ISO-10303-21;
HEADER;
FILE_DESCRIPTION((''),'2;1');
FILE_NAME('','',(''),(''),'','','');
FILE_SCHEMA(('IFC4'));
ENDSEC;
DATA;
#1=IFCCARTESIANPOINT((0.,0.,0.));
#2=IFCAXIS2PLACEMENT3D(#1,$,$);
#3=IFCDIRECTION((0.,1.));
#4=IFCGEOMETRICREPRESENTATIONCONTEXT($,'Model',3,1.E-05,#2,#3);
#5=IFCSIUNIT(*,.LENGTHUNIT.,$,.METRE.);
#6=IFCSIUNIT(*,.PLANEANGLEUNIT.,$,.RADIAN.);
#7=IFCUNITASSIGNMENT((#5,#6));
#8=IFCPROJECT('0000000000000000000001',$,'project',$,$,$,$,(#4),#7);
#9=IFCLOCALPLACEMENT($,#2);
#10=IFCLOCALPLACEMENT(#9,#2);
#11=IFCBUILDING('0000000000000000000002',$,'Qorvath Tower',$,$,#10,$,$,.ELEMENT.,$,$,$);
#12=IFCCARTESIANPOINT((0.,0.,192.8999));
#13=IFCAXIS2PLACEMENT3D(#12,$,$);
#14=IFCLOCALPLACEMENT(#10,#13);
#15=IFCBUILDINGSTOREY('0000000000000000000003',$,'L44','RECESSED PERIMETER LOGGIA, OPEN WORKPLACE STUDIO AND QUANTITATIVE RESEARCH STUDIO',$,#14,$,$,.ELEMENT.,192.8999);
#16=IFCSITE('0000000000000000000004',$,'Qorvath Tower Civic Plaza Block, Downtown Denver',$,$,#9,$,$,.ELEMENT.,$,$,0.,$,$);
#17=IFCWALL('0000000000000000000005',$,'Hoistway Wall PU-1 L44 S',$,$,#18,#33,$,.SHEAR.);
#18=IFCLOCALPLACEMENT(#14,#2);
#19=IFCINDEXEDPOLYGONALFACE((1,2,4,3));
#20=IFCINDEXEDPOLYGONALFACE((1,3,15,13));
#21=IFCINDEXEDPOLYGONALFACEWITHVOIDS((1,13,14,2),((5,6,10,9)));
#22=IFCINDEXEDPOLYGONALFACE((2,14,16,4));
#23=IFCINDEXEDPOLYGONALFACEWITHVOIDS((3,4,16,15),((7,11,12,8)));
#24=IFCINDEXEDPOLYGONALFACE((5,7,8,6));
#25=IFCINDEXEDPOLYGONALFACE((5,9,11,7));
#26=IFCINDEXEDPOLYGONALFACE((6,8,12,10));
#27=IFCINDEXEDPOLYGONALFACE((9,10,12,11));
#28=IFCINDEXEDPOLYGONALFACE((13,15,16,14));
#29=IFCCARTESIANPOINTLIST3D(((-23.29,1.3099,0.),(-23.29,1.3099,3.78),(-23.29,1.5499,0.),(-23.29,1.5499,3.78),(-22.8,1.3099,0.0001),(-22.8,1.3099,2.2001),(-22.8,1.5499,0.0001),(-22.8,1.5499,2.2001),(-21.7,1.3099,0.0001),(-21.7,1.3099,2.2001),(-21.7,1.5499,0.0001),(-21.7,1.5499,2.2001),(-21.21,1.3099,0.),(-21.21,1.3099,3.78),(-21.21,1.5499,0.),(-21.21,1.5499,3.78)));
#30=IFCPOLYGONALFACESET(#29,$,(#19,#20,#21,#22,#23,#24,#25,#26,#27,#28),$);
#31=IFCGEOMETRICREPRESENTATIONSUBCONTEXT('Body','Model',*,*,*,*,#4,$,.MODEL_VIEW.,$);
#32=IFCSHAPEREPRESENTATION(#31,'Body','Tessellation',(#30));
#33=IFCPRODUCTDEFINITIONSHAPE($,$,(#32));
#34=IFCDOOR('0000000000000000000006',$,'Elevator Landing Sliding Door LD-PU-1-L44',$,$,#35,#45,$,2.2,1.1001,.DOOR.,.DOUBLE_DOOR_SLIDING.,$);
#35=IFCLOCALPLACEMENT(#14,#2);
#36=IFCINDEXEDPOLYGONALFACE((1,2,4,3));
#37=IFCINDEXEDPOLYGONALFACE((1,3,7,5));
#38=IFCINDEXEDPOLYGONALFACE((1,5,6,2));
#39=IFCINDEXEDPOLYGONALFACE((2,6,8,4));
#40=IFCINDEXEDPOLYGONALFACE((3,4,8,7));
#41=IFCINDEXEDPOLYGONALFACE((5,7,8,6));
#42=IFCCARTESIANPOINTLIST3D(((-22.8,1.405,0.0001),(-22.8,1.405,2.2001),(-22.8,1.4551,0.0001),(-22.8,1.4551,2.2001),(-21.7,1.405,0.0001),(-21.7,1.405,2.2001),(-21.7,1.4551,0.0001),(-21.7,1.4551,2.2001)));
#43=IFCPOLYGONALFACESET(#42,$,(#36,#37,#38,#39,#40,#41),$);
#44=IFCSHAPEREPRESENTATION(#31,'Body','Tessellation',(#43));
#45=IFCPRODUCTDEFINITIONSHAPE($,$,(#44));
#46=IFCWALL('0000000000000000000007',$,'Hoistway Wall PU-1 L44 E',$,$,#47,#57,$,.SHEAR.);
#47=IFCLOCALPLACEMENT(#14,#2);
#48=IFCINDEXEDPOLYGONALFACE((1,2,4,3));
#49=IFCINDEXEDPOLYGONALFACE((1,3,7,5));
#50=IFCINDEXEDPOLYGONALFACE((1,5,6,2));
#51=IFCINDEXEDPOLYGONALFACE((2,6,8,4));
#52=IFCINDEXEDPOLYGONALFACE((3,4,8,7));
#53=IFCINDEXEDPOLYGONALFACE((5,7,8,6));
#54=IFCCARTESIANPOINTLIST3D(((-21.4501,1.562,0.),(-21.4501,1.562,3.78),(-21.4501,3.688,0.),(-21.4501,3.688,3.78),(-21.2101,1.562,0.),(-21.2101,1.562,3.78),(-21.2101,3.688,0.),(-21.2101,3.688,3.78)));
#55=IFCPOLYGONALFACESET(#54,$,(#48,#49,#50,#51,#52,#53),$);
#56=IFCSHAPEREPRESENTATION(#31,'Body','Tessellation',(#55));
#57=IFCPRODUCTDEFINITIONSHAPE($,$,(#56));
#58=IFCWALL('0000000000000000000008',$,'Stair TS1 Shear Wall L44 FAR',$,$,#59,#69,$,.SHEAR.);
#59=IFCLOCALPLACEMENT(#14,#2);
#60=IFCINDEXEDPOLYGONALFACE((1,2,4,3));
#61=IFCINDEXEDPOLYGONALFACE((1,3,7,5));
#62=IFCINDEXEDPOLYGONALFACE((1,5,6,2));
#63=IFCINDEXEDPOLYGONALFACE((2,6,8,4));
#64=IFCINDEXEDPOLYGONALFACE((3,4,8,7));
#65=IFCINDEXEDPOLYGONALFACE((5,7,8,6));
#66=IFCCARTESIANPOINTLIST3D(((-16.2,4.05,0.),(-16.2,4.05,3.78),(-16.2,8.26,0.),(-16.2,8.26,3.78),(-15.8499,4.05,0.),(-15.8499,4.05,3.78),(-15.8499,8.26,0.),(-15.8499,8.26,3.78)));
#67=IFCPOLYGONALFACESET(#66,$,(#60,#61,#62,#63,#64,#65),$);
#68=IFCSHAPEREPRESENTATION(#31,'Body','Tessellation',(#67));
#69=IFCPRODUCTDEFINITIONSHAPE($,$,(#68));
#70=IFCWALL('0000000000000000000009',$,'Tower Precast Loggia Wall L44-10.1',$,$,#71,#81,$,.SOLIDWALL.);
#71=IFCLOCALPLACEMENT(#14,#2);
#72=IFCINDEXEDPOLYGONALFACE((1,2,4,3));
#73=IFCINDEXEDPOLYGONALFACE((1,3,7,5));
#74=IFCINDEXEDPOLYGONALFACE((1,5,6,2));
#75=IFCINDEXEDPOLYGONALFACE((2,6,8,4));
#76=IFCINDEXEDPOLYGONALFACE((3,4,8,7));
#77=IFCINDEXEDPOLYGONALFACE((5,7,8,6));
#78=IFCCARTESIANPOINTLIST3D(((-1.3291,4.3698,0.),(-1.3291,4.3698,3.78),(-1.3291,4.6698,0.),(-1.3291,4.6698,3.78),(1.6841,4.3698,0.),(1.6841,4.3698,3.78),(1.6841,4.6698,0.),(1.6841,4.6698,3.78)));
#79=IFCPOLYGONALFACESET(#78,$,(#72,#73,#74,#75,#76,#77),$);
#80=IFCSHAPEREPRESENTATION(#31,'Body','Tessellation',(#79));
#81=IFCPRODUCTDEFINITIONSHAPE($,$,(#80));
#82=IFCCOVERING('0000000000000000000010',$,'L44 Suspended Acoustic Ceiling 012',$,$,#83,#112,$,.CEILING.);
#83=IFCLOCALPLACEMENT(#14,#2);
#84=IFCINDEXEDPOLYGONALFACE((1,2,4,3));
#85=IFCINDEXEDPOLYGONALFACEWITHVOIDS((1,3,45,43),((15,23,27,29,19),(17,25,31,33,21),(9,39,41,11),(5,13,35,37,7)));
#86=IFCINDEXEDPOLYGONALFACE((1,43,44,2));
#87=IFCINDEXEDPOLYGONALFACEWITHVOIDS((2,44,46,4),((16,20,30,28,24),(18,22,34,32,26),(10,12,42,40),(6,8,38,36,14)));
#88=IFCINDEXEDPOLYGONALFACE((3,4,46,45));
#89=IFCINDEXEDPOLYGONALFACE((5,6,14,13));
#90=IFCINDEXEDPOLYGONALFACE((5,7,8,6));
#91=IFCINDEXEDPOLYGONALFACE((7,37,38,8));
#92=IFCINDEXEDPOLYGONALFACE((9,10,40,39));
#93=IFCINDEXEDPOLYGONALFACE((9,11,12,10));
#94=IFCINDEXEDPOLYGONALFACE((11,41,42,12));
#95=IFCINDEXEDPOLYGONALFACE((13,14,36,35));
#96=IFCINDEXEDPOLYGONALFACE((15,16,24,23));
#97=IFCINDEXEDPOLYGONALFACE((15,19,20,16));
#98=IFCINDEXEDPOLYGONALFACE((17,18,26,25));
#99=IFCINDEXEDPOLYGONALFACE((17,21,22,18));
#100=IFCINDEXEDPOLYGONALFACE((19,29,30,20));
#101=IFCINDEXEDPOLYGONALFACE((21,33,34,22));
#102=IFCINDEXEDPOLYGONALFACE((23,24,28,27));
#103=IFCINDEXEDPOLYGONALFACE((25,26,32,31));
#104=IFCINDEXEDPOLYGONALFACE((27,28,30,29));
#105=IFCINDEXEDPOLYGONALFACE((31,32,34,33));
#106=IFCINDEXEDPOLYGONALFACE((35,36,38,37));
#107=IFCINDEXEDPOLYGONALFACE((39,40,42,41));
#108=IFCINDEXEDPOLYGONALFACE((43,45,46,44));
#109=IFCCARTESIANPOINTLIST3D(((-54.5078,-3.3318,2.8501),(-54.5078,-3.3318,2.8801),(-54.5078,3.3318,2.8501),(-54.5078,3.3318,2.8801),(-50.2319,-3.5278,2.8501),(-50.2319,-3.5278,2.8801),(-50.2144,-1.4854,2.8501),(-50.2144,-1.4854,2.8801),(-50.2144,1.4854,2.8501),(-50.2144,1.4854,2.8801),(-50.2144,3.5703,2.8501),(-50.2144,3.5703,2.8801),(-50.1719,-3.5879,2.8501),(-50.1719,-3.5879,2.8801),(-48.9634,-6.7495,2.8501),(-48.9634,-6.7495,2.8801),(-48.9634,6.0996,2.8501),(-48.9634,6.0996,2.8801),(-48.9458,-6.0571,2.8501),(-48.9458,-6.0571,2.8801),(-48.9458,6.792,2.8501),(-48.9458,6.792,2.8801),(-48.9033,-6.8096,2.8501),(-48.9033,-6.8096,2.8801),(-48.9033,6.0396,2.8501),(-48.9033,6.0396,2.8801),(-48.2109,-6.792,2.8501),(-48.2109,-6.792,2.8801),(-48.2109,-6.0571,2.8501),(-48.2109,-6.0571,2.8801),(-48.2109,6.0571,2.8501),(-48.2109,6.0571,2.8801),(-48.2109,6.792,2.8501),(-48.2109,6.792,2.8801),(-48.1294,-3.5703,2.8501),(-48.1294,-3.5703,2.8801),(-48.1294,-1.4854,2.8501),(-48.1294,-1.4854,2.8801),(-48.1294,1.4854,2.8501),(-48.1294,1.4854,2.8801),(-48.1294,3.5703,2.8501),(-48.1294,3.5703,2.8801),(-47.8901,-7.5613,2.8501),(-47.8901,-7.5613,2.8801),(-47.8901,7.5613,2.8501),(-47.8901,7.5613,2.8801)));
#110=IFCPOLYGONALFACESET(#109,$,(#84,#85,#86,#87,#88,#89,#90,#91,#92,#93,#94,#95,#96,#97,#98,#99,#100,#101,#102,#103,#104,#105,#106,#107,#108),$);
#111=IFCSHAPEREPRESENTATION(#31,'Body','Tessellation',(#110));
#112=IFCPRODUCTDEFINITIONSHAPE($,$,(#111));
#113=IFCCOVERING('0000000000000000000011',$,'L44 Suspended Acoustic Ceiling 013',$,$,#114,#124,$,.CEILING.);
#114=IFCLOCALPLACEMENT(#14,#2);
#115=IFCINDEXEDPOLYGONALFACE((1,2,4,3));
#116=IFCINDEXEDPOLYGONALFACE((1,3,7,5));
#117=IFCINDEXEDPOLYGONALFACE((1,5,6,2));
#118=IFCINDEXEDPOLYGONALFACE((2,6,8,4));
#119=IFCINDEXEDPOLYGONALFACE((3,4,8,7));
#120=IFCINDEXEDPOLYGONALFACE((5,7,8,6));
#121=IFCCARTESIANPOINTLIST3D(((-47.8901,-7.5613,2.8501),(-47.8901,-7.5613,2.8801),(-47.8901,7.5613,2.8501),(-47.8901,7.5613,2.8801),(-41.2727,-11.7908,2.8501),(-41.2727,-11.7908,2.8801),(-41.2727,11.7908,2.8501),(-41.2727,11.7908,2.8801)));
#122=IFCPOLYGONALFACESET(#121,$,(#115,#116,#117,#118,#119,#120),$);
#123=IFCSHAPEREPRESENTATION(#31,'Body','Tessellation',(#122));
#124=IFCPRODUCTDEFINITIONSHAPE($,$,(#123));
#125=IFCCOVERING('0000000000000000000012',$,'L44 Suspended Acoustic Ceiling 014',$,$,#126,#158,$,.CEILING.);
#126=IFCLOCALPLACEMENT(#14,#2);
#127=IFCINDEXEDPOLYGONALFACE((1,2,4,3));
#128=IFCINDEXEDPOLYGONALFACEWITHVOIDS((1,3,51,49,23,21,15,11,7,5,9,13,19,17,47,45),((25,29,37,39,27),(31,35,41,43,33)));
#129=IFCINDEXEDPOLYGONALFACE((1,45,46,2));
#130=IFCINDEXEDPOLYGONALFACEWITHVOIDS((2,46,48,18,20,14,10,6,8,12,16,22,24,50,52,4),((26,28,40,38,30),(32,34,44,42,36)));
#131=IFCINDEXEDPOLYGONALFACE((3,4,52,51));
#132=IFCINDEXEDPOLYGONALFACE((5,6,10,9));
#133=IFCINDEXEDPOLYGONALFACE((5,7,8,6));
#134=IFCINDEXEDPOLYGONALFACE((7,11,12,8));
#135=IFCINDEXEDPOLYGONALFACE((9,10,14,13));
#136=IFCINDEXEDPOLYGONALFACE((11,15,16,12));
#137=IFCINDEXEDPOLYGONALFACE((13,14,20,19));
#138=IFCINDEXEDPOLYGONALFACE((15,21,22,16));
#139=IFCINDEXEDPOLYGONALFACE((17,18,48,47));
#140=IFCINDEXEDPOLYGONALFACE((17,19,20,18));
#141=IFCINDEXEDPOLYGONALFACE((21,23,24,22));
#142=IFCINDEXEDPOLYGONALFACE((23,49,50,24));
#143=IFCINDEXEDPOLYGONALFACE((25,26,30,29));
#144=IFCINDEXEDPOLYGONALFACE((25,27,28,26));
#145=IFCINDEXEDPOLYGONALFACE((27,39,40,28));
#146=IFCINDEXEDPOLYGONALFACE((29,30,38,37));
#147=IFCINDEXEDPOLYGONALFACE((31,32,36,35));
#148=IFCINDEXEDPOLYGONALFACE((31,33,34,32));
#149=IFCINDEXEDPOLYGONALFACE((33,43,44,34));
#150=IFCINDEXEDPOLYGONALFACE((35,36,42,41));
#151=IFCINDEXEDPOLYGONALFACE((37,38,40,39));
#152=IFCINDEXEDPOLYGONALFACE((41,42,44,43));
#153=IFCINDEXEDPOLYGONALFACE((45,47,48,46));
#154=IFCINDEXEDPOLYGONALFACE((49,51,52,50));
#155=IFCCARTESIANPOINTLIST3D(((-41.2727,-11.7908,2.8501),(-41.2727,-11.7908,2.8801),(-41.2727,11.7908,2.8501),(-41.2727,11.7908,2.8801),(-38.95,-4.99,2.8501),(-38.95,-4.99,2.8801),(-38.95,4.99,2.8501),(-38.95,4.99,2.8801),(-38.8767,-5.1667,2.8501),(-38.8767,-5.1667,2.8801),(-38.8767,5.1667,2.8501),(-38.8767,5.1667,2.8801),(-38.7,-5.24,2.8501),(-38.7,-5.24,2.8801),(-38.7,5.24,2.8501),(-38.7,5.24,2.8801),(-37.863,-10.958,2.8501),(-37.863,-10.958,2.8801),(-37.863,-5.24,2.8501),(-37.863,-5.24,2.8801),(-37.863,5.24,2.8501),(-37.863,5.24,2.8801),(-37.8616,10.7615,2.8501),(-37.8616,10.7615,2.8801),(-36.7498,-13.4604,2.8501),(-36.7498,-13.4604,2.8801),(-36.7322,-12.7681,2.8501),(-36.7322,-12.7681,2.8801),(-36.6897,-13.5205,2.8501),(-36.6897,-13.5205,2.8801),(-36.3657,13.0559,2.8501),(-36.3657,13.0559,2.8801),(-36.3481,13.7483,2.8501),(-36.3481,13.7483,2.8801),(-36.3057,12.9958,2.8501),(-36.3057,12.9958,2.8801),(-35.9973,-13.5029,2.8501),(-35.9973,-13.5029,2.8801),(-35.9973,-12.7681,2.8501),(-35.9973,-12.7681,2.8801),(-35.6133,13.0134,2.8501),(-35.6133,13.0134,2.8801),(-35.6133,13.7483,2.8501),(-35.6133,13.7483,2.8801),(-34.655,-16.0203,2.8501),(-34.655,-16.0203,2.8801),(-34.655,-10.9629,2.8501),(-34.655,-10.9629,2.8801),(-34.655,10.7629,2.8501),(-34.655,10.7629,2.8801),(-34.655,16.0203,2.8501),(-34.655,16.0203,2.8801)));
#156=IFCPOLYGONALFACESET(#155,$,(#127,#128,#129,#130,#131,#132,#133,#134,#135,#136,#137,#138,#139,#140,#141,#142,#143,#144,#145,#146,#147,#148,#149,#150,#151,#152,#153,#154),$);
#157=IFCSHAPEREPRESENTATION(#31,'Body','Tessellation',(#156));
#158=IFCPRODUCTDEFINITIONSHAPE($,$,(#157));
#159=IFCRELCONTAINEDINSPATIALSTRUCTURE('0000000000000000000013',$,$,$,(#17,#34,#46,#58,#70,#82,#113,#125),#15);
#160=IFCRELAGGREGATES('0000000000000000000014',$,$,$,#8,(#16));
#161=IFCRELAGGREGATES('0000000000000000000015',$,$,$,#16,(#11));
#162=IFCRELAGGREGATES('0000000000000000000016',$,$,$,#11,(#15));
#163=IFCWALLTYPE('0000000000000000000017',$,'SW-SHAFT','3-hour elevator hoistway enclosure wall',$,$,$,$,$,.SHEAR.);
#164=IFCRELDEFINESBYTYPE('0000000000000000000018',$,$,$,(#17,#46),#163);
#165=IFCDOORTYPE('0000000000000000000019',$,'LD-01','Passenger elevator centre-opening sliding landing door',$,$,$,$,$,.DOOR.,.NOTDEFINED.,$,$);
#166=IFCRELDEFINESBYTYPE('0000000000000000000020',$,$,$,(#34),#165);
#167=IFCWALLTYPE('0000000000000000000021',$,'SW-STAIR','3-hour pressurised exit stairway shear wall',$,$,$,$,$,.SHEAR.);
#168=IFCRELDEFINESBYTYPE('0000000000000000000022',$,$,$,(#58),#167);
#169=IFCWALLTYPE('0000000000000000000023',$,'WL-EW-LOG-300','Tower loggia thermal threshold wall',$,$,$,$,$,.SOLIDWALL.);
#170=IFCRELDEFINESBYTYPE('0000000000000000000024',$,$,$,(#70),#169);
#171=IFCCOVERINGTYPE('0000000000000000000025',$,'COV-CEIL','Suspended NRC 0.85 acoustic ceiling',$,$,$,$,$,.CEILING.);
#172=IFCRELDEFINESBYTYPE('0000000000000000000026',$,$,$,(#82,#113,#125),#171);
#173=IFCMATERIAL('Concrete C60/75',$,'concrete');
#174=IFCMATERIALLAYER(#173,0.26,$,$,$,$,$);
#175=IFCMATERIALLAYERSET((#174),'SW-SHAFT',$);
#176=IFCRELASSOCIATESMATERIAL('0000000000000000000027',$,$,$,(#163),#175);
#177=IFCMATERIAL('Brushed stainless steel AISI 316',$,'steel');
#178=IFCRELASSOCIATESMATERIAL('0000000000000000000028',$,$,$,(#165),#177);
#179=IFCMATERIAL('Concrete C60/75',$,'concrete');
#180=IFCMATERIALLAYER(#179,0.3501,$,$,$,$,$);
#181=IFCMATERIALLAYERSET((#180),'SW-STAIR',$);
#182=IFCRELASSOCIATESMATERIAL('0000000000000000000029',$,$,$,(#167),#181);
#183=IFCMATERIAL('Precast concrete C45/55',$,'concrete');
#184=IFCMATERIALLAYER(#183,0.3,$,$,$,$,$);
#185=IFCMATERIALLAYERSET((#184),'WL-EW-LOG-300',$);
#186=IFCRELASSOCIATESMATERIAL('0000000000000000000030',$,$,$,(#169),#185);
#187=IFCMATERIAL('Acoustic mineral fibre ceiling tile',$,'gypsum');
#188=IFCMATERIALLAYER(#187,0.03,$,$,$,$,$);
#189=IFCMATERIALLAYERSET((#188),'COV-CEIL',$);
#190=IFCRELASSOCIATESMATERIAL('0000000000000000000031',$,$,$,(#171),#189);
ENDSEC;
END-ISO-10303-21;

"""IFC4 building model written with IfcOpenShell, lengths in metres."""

from ifc_helpers import new_model, si_unit, direction, frame, frame_2d, origin, place, context, subcontext, project, spatial, polyline, rectangle, outline, extrude, material, layer, layer_set, type_object, element, fill, save


model = new_model("IFC4")

# Units and contexts
model_context = context("Model", 3, precision=1e-05, world=origin(), true_north=direction((0.0, 1.0)))
body_context = subcontext(model_context, "Body", "Model", "MODEL_VIEW")
ifc_project = project(units=[si_unit("LENGTHUNIT", "METRE"), si_unit("PLANEANGLEUNIT", "RADIAN")], contexts=[model_context])

# Site, building, storey
site_placement = place(None, origin())
site = spatial("IfcSite", under=ifc_project, at=site_placement, Name="Qorvath Tower Civic Plaza Block, Downtown Denver", CompositionType="ELEMENT", RefElevation=0.0)
building_placement = place(site_placement, origin())
building = spatial("IfcBuilding", under=site, at=building_placement, Name="Qorvath Tower", CompositionType="ELEMENT")
storey_placement = place(building_placement, frame((0.0, 0.0, 192.8999)))
storey = spatial("IfcBuildingStorey", under=building, at=storey_placement, Name="L44", Description="RECESSED PERIMETER LOGGIA, OPEN WORKPLACE STUDIO AND QUANTITATIVE RESEARCH STUDIO", CompositionType="ELEMENT", Elevation=192.8999)

# Wall, opening, door
ifc_material_1 = material(Name="Concrete C60/75", Category="concrete")
ifc_layer_1 = layer(ifc_material_1, 0.26)
ifc_layer_set_1 = layer_set([ifc_layer_1], Name="SW-SHAFT")
wall_type_1 = type_object("IfcWallType", Name="SW-SHAFT", Description="3-hour elevator hoistway enclosure wall", PredefinedType="SHEAR", material=ifc_layer_set_1)
wall_1_placement = place(storey_placement, frame((-21.21, 1.4299, 0.0), z_axis=(0.0, 0.0, 1.0), x_axis=(-1.0, 0.0, 0.0)))
wall_1 = element("IfcWall", 1, at=wall_1_placement, inside=storey, type_object=wall_type_1, Name="Hoistway Wall PU-1 L44 S", PredefinedType="SHEAR", context=body_context, shape_type="SweptSolid", body=[
    extrude(rectangle(XDim=2.0801, YDim=0.24, at=frame_2d((1.04, 0.0))), origin(), (0.0, 0.0, 1.0), 3.78),
])
opening_1_placement = place(wall_1_placement, frame((0.49, 0.0, 0.0)))
opening_1 = element("IfcOpeningElement", 2, at=opening_1_placement, cuts=wall_1, PredefinedType="OPENING", context=body_context, shape_type="SweptSolid", body=[
    extrude(rectangle(XDim=1.1001, YDim=2.2, at=frame_2d((0.55, 1.1001))), frame((0.0, 0.1299, 0.0), z_axis=(0.0, -1.0, 0.0), x_axis=(1.0, 0.0, 0.0)), (0.0, 0.0, 1.0), 0.26),
])
ifc_material_2 = material(Name="Brushed stainless steel AISI 316", Category="steel")
door_type_1 = type_object("IfcDoorType", Name="LD-01", Description="Passenger elevator centre-opening sliding landing door", OperationType="NOTDEFINED", PredefinedType="DOOR", material=ifc_material_2)
door_1_placement = place(opening_1_placement, origin())
door_1 = element("IfcDoor", 3, at=door_1_placement, inside=storey, type_object=door_type_1, Name="Elevator Landing Sliding Door LD-PU-1-L44", OperationType="DOUBLE_DOOR_SLIDING", OverallHeight=2.2, OverallWidth=1.1001, PredefinedType="DOOR", context=body_context, shape_type="SweptSolid", body=[
    extrude(rectangle(XDim=1.1001, YDim=2.2, at=frame_2d((0.55, 1.1001))), frame((0.0, 0.0249, 0.0), z_axis=(0.0, -1.0, 0.0), x_axis=(1.0, 0.0, 0.0)), (0.0, 0.0, 1.0), 0.05),
])
fill(opening_1, door_1)

# Walls
wall_2_placement = place(storey_placement, frame((-21.3301, 3.688, 0.0), z_axis=(0.0, 0.0, 1.0), x_axis=(0.0, -1.0, 0.0)))
element("IfcWall", 4, at=wall_2_placement, inside=storey, type_object=wall_type_1, Name="Hoistway Wall PU-1 L44 E", PredefinedType="SHEAR", context=body_context, shape_type="SweptSolid", body=[
    extrude(rectangle(XDim=2.126, YDim=0.24, at=frame_2d((1.063, 0.0))), origin(), (0.0, 0.0, 1.0), 3.78),
])
ifc_material_3 = material(Name="Concrete C60/75", Category="concrete")
ifc_layer_2 = layer(ifc_material_3, 0.3501)
ifc_layer_set_2 = layer_set([ifc_layer_2], Name="SW-STAIR")
wall_type_2 = type_object("IfcWallType", Name="SW-STAIR", Description="3-hour pressurised exit stairway shear wall", PredefinedType="SHEAR", material=ifc_layer_set_2)
wall_3_placement = place(storey_placement, frame((-16.0249, 4.05, 0.0), z_axis=(0.0, 0.0, 1.0), x_axis=(0.0, 1.0, 0.0)))
element("IfcWall", 5, at=wall_3_placement, inside=storey, type_object=wall_type_2, Name="Stair TS1 Shear Wall L44 FAR", PredefinedType="SHEAR", context=body_context, shape_type="SweptSolid", body=[
    extrude(rectangle(XDim=4.21, YDim=0.3501, at=frame_2d((2.105, 0.0))), origin(), (0.0, 0.0, 1.0), 3.78),
])
ifc_material_4 = material(Name="Precast concrete C45/55", Category="concrete")
ifc_layer_3 = layer(ifc_material_4, 0.3)
ifc_layer_set_3 = layer_set([ifc_layer_3], Name="WL-EW-LOG-300")
wall_type_3 = type_object("IfcWallType", Name="WL-EW-LOG-300", Description="Tower loggia thermal threshold wall", PredefinedType="SOLIDWALL", material=ifc_layer_set_3)
wall_4_placement = place(storey_placement, frame((-1.3291, 4.5198, 0.0), z_axis=(0.0, 0.0, 1.0), x_axis=(1.0, 0.0, 0.0)))
element("IfcWall", 6, at=wall_4_placement, inside=storey, type_object=wall_type_3, Name="Tower Precast Loggia Wall L44-10.1", PredefinedType="SOLIDWALL", context=body_context, shape_type="SweptSolid", body=[
    extrude(rectangle(XDim=3.0132, YDim=0.3, at=frame_2d((1.5066, 0.0))), origin(), (0.0, 0.0, 1.0), 3.78),
])

# Coverings
ifc_material_5 = material(Name="Acoustic mineral fibre ceiling tile", Category="gypsum")
ifc_layer_4 = layer(ifc_material_5, 0.03)
ifc_layer_set_4 = layer_set([ifc_layer_4], Name="COV-CEIL")
covering_type_1 = type_object("IfcCoveringType", Name="COV-CEIL", Description="Suspended NRC 0.85 acoustic ceiling", PredefinedType="CEILING", material=ifc_layer_set_4)
covering_1_placement = place(storey_placement, frame((0.0, 0.0, 2.8501)))
element("IfcCovering", 7, at=covering_1_placement, inside=storey, type_object=covering_type_1, Name="L44 Suspended Acoustic Ceiling 012", PredefinedType="CEILING", context=body_context, shape_type="SweptSolid", body=[
    extrude(outline(polyline([(-47.8901, -7.5613), (-47.8901, 7.5613), (-54.5078, 3.3318), (-54.5078, -3.3318), (-47.8901, -7.5613)]), holes=[polyline([(-50.2319, -3.5278), (-50.2144, -1.4854), (-48.1294, -1.4854), (-48.1294, -3.5703), (-50.1719, -3.5879), (-50.2319, -3.5278)]), polyline([(-50.2144, 1.4854), (-50.2144, 3.5703), (-48.1294, 3.5703), (-48.1294, 1.4854), (-50.2144, 1.4854)]), polyline([(-48.9634, -6.7495), (-48.9458, -6.0571), (-48.2109, -6.0571), (-48.2109, -6.792), (-48.9033, -6.8096), (-48.9634, -6.7495)]), polyline([(-48.9634, 6.0996), (-48.9458, 6.792), (-48.2109, 6.792), (-48.2109, 6.0571), (-48.9033, 6.0396), (-48.9634, 6.0996)])]), origin(), (0.0, 0.0, 1.0), 0.03),
])
covering_2_placement = place(storey_placement, frame((0.0, 0.0, 2.8501)))
element("IfcCovering", 8, at=covering_2_placement, inside=storey, type_object=covering_type_1, Name="L44 Suspended Acoustic Ceiling 013", PredefinedType="CEILING", context=body_context, shape_type="SweptSolid", body=[
    extrude(outline(polyline([(-41.2727, -11.7908), (-41.2727, 11.7908), (-47.8901, 7.5613), (-47.8901, -7.5613), (-41.2727, -11.7908)])), origin(), (0.0, 0.0, 1.0), 0.03),
])
covering_3_placement = place(storey_placement, frame((0.0, 0.0, 2.8501)))
element("IfcCovering", 9, at=covering_3_placement, inside=storey, type_object=covering_type_1, Name="L44 Suspended Acoustic Ceiling 014", PredefinedType="CEILING", context=body_context, shape_type="SweptSolid", body=[
    extrude(outline(polyline([(-34.655, 10.7629), (-34.655, 16.0203), (-41.2727, 11.7908), (-41.2727, -11.7908), (-34.655, -16.0203), (-34.655, -10.9629), (-37.863, -10.958), (-37.863, -5.24), (-38.7, -5.24), (-38.8767, -5.1667), (-38.95, -4.99), (-38.95, 4.99), (-38.8767, 5.1667), (-38.7, 5.24), (-37.863, 5.24), (-37.8616, 10.7615), (-34.655, 10.7629)]), holes=[polyline([(-36.3657, 13.0559), (-36.3481, 13.7483), (-35.6133, 13.7483), (-35.6133, 13.0134), (-36.3057, 12.9958), (-36.3657, 13.0559)]), polyline([(-36.7498, -13.4604), (-36.7322, -12.7681), (-35.9973, -12.7681), (-35.9973, -13.5029), (-36.6897, -13.5205), (-36.7498, -13.4604)])]), origin(), (0.0, 0.0, 1.0), 0.03),
])

save(model, "model.ifc")
